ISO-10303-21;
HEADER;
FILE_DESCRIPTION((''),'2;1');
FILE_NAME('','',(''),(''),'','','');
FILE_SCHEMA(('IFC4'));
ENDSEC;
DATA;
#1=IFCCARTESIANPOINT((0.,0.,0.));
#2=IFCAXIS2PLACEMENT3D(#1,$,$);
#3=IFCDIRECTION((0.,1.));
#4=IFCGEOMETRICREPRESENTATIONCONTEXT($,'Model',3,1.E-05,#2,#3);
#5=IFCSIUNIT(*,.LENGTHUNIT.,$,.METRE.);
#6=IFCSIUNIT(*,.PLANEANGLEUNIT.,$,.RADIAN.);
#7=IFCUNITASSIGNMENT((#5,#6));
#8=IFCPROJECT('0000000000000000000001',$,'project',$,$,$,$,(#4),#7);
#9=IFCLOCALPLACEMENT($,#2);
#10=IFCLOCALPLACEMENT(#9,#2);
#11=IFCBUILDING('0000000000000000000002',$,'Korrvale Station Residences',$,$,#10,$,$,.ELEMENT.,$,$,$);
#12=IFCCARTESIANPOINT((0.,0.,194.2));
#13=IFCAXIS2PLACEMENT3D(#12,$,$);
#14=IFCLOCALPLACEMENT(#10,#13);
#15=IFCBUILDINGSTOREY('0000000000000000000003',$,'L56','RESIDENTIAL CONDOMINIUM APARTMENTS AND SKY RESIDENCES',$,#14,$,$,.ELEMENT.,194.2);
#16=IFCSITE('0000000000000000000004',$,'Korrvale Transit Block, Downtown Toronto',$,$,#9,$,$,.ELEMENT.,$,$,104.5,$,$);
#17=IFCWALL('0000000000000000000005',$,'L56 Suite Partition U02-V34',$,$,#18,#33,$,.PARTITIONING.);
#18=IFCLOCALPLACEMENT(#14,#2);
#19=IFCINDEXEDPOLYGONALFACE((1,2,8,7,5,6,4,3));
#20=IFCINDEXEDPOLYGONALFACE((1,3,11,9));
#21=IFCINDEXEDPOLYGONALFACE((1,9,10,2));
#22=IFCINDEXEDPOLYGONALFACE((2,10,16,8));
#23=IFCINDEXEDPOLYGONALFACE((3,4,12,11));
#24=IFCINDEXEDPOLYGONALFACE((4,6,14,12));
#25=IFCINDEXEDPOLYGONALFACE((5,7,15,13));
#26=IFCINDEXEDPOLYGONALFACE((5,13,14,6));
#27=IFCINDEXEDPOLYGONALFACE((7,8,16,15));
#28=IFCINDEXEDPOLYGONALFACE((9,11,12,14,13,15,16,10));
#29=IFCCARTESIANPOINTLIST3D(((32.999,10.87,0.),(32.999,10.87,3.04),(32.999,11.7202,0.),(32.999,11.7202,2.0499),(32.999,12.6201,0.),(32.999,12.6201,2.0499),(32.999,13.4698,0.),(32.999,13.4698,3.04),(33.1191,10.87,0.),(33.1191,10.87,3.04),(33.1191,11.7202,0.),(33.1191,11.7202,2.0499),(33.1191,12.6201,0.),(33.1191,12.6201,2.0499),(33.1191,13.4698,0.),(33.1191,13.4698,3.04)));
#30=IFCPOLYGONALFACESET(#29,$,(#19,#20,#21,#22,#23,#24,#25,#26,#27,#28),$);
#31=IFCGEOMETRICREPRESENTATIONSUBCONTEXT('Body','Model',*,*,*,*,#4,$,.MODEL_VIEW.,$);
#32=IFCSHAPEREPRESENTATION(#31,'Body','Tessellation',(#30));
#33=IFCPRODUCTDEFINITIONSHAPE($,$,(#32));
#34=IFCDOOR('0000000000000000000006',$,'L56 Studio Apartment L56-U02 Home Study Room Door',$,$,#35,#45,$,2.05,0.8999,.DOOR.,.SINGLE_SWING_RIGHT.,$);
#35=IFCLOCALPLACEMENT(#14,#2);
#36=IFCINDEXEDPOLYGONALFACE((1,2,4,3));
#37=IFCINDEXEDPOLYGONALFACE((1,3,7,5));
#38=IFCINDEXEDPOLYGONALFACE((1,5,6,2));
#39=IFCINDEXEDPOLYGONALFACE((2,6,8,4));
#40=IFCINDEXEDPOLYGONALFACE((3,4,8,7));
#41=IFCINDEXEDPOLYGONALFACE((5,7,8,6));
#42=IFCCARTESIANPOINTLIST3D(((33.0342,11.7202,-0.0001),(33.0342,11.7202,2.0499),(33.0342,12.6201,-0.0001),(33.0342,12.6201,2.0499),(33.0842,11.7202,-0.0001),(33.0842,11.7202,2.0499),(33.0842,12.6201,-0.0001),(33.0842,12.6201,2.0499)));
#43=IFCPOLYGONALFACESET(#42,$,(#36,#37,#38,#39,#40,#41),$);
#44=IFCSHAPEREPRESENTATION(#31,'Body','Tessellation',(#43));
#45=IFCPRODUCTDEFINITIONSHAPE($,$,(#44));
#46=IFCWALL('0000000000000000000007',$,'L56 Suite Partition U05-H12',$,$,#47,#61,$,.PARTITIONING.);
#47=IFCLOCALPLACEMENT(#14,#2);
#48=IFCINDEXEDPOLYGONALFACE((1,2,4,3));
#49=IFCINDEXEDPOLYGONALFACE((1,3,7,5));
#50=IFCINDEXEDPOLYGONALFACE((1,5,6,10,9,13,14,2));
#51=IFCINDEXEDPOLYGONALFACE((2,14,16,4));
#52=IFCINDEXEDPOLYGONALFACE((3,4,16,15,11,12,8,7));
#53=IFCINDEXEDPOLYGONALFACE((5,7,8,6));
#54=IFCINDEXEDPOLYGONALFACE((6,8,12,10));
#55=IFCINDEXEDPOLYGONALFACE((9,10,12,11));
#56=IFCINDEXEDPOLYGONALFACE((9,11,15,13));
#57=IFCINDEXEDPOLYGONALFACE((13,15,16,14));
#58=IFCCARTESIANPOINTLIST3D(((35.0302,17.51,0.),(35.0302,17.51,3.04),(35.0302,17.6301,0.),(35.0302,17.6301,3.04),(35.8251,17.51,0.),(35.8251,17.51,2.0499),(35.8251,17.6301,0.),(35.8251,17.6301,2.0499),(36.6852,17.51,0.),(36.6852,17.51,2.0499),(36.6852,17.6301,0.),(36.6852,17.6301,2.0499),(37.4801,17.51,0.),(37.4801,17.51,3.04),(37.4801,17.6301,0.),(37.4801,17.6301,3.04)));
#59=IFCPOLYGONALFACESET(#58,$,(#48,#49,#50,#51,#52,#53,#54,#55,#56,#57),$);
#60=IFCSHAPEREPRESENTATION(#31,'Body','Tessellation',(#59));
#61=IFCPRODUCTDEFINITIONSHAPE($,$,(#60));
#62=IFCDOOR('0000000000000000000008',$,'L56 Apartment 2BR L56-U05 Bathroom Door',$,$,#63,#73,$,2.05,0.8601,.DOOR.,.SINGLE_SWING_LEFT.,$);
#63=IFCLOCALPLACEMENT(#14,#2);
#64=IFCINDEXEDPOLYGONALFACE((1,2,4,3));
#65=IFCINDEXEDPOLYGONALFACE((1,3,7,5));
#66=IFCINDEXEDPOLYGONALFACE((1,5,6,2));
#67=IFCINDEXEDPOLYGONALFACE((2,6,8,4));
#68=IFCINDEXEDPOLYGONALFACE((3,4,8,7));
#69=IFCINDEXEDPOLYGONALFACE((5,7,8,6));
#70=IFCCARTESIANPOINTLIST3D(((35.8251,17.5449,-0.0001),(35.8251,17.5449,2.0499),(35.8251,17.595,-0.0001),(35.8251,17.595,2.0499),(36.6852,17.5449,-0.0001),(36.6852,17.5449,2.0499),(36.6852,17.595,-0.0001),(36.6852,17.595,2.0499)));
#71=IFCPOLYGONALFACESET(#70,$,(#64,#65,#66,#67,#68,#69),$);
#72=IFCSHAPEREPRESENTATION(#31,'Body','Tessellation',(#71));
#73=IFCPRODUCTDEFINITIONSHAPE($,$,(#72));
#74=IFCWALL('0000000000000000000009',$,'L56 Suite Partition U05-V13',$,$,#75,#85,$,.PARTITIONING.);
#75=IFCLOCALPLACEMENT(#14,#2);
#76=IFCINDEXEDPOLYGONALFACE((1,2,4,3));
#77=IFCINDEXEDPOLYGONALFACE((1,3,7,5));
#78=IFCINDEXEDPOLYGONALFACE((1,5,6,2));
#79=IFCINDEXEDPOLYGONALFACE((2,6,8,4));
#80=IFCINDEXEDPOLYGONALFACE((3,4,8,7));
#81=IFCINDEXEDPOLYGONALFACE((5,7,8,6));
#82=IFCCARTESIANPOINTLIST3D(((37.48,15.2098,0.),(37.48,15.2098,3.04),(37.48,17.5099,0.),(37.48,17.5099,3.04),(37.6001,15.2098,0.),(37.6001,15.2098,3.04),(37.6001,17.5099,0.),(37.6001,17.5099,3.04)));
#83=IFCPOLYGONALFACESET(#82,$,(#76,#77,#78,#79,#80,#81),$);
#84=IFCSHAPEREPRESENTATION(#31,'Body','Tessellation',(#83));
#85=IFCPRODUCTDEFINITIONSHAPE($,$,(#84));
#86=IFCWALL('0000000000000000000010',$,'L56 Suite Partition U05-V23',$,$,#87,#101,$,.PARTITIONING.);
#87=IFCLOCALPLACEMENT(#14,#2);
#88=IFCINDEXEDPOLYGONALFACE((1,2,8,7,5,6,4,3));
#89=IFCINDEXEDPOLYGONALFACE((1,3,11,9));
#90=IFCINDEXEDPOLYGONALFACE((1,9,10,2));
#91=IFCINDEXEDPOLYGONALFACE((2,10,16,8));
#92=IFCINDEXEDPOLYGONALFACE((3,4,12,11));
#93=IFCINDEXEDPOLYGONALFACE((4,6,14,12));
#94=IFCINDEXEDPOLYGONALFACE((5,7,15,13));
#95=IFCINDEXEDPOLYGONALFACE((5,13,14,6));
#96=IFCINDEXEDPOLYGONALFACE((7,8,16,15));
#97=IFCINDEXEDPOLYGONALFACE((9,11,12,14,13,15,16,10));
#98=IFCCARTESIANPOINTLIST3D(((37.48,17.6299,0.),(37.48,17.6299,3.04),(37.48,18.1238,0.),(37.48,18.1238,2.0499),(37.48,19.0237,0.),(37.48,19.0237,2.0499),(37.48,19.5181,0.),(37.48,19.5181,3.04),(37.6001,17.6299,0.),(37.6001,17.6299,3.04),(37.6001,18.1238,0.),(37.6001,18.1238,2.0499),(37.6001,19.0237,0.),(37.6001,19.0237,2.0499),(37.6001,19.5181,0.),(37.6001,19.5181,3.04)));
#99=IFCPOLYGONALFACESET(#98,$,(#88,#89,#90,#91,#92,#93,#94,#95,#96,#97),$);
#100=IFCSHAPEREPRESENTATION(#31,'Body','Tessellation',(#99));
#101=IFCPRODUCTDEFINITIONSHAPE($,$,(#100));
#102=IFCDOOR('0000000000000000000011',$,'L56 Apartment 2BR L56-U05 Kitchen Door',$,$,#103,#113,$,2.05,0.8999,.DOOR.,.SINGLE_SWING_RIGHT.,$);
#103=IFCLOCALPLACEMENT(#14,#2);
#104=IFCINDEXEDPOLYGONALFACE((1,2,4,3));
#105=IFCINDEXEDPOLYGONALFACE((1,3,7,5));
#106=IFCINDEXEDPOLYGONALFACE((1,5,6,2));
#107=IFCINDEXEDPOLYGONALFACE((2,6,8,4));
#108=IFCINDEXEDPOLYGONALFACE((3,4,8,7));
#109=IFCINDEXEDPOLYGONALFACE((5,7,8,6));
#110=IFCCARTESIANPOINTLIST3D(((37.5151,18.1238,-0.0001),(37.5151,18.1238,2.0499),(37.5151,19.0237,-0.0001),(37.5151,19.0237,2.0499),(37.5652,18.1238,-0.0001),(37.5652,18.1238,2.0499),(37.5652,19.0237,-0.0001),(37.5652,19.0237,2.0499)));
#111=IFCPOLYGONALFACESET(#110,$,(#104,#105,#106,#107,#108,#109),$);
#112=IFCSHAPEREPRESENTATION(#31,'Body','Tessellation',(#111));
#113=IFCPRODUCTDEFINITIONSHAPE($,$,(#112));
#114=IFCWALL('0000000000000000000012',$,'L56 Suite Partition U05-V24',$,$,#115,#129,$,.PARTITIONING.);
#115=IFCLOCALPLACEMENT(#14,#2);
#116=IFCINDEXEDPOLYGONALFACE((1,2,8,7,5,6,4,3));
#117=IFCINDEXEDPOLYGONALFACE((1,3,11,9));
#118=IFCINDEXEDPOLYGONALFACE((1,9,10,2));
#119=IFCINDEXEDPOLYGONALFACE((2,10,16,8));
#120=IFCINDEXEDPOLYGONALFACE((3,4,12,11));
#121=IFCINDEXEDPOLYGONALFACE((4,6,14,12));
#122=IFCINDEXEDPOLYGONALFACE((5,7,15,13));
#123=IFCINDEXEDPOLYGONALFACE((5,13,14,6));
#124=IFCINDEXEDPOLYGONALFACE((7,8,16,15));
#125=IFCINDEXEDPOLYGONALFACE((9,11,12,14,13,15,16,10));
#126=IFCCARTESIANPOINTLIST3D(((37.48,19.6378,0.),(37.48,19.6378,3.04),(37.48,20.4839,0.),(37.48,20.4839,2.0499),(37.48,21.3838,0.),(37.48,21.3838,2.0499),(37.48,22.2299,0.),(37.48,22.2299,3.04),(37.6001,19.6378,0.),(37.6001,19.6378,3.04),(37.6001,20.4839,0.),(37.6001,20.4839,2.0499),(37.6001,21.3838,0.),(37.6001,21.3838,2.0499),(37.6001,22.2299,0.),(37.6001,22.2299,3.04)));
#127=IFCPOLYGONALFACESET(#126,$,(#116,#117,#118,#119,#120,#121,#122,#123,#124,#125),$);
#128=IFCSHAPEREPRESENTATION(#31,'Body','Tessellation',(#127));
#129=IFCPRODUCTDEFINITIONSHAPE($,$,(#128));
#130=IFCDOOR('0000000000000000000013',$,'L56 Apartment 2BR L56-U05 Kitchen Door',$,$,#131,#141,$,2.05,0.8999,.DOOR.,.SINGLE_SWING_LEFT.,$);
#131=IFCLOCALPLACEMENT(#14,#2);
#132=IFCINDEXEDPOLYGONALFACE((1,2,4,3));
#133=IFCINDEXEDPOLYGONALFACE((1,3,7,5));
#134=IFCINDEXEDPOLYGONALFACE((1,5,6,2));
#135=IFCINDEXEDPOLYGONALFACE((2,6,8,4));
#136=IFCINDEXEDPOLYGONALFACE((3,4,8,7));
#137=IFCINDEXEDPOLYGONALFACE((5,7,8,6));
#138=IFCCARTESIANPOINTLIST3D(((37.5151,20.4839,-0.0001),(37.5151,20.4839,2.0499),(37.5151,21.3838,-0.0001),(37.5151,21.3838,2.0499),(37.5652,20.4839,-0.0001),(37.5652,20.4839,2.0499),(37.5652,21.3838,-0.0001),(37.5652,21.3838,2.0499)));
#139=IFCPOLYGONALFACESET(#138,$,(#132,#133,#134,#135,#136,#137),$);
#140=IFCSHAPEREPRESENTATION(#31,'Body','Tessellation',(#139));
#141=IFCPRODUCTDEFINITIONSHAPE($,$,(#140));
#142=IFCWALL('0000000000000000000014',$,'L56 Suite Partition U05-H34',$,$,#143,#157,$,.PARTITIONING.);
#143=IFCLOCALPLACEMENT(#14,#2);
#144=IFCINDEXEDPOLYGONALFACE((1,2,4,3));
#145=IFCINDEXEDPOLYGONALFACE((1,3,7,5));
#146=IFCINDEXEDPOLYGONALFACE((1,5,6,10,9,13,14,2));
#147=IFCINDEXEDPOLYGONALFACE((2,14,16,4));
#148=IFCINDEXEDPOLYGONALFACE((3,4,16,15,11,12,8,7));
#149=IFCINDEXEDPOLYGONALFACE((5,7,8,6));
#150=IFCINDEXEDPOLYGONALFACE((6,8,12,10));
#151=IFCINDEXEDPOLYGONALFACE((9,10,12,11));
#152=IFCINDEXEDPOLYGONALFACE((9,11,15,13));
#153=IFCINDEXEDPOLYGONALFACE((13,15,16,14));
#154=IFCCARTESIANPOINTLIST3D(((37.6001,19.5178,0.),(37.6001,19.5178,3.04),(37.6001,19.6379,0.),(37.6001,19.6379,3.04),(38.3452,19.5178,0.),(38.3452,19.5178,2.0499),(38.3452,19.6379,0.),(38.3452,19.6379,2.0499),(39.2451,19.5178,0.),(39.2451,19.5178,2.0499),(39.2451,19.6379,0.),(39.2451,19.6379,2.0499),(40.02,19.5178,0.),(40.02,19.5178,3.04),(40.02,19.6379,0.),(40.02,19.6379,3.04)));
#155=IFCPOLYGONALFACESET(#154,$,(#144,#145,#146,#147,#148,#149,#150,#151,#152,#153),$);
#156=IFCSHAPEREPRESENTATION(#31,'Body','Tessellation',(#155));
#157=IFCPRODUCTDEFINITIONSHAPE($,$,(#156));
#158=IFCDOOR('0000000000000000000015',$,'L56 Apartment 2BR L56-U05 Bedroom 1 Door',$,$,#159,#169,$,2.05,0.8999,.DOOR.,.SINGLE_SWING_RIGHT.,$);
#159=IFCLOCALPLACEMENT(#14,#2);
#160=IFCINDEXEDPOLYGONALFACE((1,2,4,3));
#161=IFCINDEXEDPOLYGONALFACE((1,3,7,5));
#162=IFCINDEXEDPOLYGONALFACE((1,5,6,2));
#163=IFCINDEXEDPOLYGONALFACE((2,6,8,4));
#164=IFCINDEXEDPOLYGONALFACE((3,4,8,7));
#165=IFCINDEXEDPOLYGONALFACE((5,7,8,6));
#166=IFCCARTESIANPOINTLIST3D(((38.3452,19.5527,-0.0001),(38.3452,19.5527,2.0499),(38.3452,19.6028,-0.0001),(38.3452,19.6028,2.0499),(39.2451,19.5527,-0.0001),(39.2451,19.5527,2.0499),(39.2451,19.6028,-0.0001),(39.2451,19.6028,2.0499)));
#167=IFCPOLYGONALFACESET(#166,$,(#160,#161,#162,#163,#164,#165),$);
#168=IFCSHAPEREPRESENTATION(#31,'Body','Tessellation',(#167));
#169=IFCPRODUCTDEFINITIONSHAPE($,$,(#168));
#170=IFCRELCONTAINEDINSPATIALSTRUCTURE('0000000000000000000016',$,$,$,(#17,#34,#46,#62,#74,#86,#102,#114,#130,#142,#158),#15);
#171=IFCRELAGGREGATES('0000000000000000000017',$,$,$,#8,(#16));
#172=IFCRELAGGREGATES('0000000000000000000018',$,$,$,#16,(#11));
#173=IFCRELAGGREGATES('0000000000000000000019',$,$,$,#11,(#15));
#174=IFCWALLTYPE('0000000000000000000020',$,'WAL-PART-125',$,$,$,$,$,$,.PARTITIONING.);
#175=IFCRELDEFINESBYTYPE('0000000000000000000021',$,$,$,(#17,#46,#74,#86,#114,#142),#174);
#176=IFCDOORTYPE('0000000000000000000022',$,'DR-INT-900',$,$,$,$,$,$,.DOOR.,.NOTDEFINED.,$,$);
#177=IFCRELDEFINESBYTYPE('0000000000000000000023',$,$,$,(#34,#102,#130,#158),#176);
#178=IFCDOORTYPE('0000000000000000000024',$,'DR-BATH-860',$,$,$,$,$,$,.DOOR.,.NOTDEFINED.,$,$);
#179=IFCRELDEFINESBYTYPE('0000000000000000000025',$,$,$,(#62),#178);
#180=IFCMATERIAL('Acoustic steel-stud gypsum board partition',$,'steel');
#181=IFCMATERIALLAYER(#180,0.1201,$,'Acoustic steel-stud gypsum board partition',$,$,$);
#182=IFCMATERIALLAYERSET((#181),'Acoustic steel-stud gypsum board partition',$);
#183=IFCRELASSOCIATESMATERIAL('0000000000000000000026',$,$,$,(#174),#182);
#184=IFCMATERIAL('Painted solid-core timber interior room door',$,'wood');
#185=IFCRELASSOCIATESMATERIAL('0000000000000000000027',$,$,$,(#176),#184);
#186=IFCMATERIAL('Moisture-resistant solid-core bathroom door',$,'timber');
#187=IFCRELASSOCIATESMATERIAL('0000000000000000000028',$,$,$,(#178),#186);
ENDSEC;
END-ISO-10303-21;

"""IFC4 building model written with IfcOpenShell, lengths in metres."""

from ifc_helpers import new_model, si_unit, direction, frame, frame_2d, origin, place, context, subcontext, project, spatial, rectangle, extrude, material, layer, layer_set, type_object, element, fill, save


model = new_model("IFC4")

# Units and contexts
model_context = context("Model", 3, precision=1e-05, world=origin(), true_north=direction((0.0, 1.0)))
body_context = subcontext(model_context, "Body", "Model", "MODEL_VIEW")
ifc_project = project(units=[si_unit("LENGTHUNIT", "METRE"), si_unit("PLANEANGLEUNIT", "RADIAN")], contexts=[model_context])

# Site, building, storey
site_placement = place(None, origin())
site = spatial("IfcSite", under=ifc_project, at=site_placement, Name="Korrvale Transit Block, Downtown Toronto", CompositionType="ELEMENT", RefElevation=104.5)
building_placement = place(site_placement, origin())
building = spatial("IfcBuilding", under=site, at=building_placement, Name="Korrvale Station Residences", CompositionType="ELEMENT")
storey_placement = place(building_placement, frame((0.0, 0.0, 194.2)))
storey = spatial("IfcBuildingStorey", under=building, at=storey_placement, Name="L56", Description="RESIDENTIAL CONDOMINIUM APARTMENTS AND SKY RESIDENCES", CompositionType="ELEMENT", Elevation=194.2)

# Walls, openings, doors
ifc_material_1 = material(Name="Acoustic steel-stud gypsum board partition", Category="steel")
ifc_layer_1 = layer(ifc_material_1, 0.1201, Name="Acoustic steel-stud gypsum board partition")
ifc_layer_set_1 = layer_set([ifc_layer_1], Name="Acoustic steel-stud gypsum board partition")
wall_type_1 = type_object("IfcWallType", Name="WAL-PART-125", PredefinedType="PARTITIONING", material=ifc_layer_set_1)
wall_1_placement = place(storey_placement, frame((33.0591, 10.8701, 0.0), z_axis=(0.0, 0.0, 1.0), x_axis=(0.0, 1.0, 0.0)))
wall_1 = element("IfcWall", 1, at=wall_1_placement, inside=storey, type_object=wall_type_1, Name="L56 Suite Partition U02-V34", PredefinedType="PARTITIONING", context=body_context, shape_type="SweptSolid", body=[
    extrude(rectangle(XDim=2.5999, YDim=0.1201, at=frame_2d((1.2998, 0.0))), origin(), (0.0, 0.0, 1.0), 3.04),
])
opening_1_placement = place(wall_1_placement, frame((0.8501, 0.0, 0.0)))
opening_1 = element("IfcOpeningElement", 2, at=opening_1_placement, cuts=wall_1, PredefinedType="OPENING", context=body_context, shape_type="SweptSolid", body=[
    extrude(rectangle(XDim=0.8999, YDim=2.05, at=frame_2d((0.45, 1.0249))), frame((0.0, 0.0701, 0.0), z_axis=(0.0, -1.0, 0.0), x_axis=(1.0, 0.0, 0.0)), (0.0, 0.0, 1.0), 0.1401),
])
ifc_material_2 = material(Name="Painted solid-core timber interior room door", Category="wood")
door_type_1 = type_object("IfcDoorType", Name="DR-INT-900", OperationType="NOTDEFINED", PredefinedType="DOOR", material=ifc_material_2)
door_1_placement = place(opening_1_placement, origin())
door_1 = element("IfcDoor", 3, at=door_1_placement, inside=storey, type_object=door_type_1, Name="L56 Studio Apartment L56-U02 Home Study Room Door", OperationType="SINGLE_SWING_RIGHT", OverallHeight=2.05, OverallWidth=0.8999, PredefinedType="DOOR", context=body_context, shape_type="SweptSolid", body=[
    extrude(rectangle(XDim=0.8999, YDim=2.05, at=frame_2d((0.45, 1.0249))), frame((0.0, 0.0249, 0.0), z_axis=(0.0, -1.0, 0.0), x_axis=(1.0, 0.0, 0.0)), (0.0, 0.0, 1.0), 0.05),
])
fill(opening_1, door_1)
wall_2_placement = place(storey_placement, frame((35.03, 17.5701, 0.0), z_axis=(0.0, 0.0, 1.0), x_axis=(1.0, 0.0, 0.0)))
wall_2 = element("IfcWall", 4, at=wall_2_placement, inside=storey, type_object=wall_type_1, Name="L56 Suite Partition U05-H12", PredefinedType="PARTITIONING", context=body_context, shape_type="SweptSolid", body=[
    extrude(rectangle(XDim=2.45, YDim=0.1201, at=frame_2d((1.2251, 0.0))), origin(), (0.0, 0.0, 1.0), 3.04),
])
opening_2_placement = place(wall_2_placement, frame((0.7949, 0.0, 0.0)))
opening_2 = element("IfcOpeningElement", 5, at=opening_2_placement, cuts=wall_2, PredefinedType="OPENING", context=body_context, shape_type="SweptSolid", body=[
    extrude(rectangle(XDim=0.8601, YDim=2.05, at=frame_2d((0.4302, 1.0249))), frame((0.0, 0.0701, 0.0), z_axis=(0.0, -1.0, 0.0), x_axis=(1.0, 0.0, 0.0)), (0.0, 0.0, 1.0), 0.1401),
])
ifc_material_3 = material(Name="Moisture-resistant solid-core bathroom door", Category="timber")
door_type_2 = type_object("IfcDoorType", Name="DR-BATH-860", OperationType="NOTDEFINED", PredefinedType="DOOR", material=ifc_material_3)
door_2_placement = place(opening_2_placement, origin())
door_2 = element("IfcDoor", 6, at=door_2_placement, inside=storey, type_object=door_type_2, Name="L56 Apartment 2BR L56-U05 Bathroom Door", OperationType="SINGLE_SWING_LEFT", OverallHeight=2.05, OverallWidth=0.8601, PredefinedType="DOOR", context=body_context, shape_type="SweptSolid", body=[
    extrude(rectangle(XDim=0.8601, YDim=2.05, at=frame_2d((0.4302, 1.0249))), frame((0.0, 0.0249, 0.0), z_axis=(0.0, -1.0, 0.0), x_axis=(1.0, 0.0, 0.0)), (0.0, 0.0, 1.0), 0.05),
])
fill(opening_2, door_2)

# Wall
wall_3_placement = place(storey_placement, frame((37.54, 15.21, 0.0), z_axis=(0.0, 0.0, 1.0), x_axis=(0.0, 1.0, 0.0)))
element("IfcWall", 7, at=wall_3_placement, inside=storey, type_object=wall_type_1, Name="L56 Suite Partition U05-V13", PredefinedType="PARTITIONING", context=body_context, shape_type="SweptSolid", body=[
    extrude(rectangle(XDim=2.3, YDim=0.1201, at=frame_2d((1.1499, 0.0))), origin(), (0.0, 0.0, 1.0), 3.04),
])

# Walls, openings, doors
wall_4_placement = place(storey_placement, frame((37.54, 17.6299, 0.0), z_axis=(0.0, 0.0, 1.0), x_axis=(0.0, 1.0, 0.0)))
wall_4 = element("IfcWall", 8, at=wall_4_placement, inside=storey, type_object=wall_type_1, Name="L56 Suite Partition U05-V23", PredefinedType="PARTITIONING", context=body_context, shape_type="SweptSolid", body=[
    extrude(rectangle(XDim=1.8882, YDim=0.1201, at=frame_2d((0.9441, 0.0))), origin(), (0.0, 0.0, 1.0), 3.04),
])
opening_3_placement = place(wall_4_placement, frame((0.4939, 0.0, 0.0)))
opening_3 = element("IfcOpeningElement", 9, at=opening_3_placement, cuts=wall_4, PredefinedType="OPENING", context=body_context, shape_type="SweptSolid", body=[
    extrude(rectangle(XDim=0.8999, YDim=2.05, at=frame_2d((0.45, 1.0249))), frame((0.0, 0.0701, 0.0), z_axis=(0.0, -1.0, 0.0), x_axis=(1.0, 0.0, 0.0)), (0.0, 0.0, 1.0), 0.1401),
])
door_3_placement = place(opening_3_placement, origin())
door_3 = element("IfcDoor", 10, at=door_3_placement, inside=storey, type_object=door_type_1, Name="L56 Apartment 2BR L56-U05 Kitchen Door", OperationType="SINGLE_SWING_RIGHT", OverallHeight=2.05, OverallWidth=0.8999, PredefinedType="DOOR", context=body_context, shape_type="SweptSolid", body=[
    extrude(rectangle(XDim=0.8999, YDim=2.05, at=frame_2d((0.45, 1.0249))), frame((0.0, 0.0249, 0.0), z_axis=(0.0, -1.0, 0.0), x_axis=(1.0, 0.0, 0.0)), (0.0, 0.0, 1.0), 0.05),
])
fill(opening_3, door_3)
wall_5_placement = place(storey_placement, frame((37.54, 19.6379, 0.0), z_axis=(0.0, 0.0, 1.0), x_axis=(0.0, 1.0, 0.0)))
wall_5 = element("IfcWall", 11, at=wall_5_placement, inside=storey, type_object=wall_type_1, Name="L56 Suite Partition U05-V24", PredefinedType="PARTITIONING", context=body_context, shape_type="SweptSolid", body=[
    extrude(rectangle(XDim=2.592, YDim=0.1201, at=frame_2d((1.2959, 0.0))), origin(), (0.0, 0.0, 1.0), 3.04),
])
opening_4_placement = place(wall_5_placement, frame((0.8459, 0.0, 0.0)))
opening_4 = element("IfcOpeningElement", 12, at=opening_4_placement, cuts=wall_5, PredefinedType="OPENING", context=body_context, shape_type="SweptSolid", body=[
    extrude(rectangle(XDim=0.8999, YDim=2.05, at=frame_2d((0.45, 1.0249))), frame((0.0, 0.0701, 0.0), z_axis=(0.0, -1.0, 0.0), x_axis=(1.0, 0.0, 0.0)), (0.0, 0.0, 1.0), 0.1401),
])
door_4_placement = place(opening_4_placement, origin())
door_4 = element("IfcDoor", 13, at=door_4_placement, inside=storey, type_object=door_type_1, Name="L56 Apartment 2BR L56-U05 Kitchen Door", OperationType="SINGLE_SWING_LEFT", OverallHeight=2.05, OverallWidth=0.8999, PredefinedType="DOOR", context=body_context, shape_type="SweptSolid", body=[
    extrude(rectangle(XDim=0.8999, YDim=2.05, at=frame_2d((0.45, 1.0249))), frame((0.0, 0.0249, 0.0), z_axis=(0.0, -1.0, 0.0), x_axis=(1.0, 0.0, 0.0)), (0.0, 0.0, 1.0), 0.05),
])
fill(opening_4, door_4)
wall_6_placement = place(storey_placement, frame((37.6001, 19.5779, 0.0), z_axis=(0.0, 0.0, 1.0), x_axis=(1.0, 0.0, 0.0)))
wall_6 = element("IfcWall", 14, at=wall_6_placement, inside=storey, type_object=wall_type_1, Name="L56 Suite Partition U05-H34", PredefinedType="PARTITIONING", context=body_context, shape_type="SweptSolid", body=[
    extrude(rectangle(XDim=2.4199, YDim=0.1201, at=frame_2d((1.21, 0.0))), origin(), (0.0, 0.0, 1.0), 3.04),
])
opening_5_placement = place(wall_6_placement, frame((0.7451, 0.0, 0.0)))
opening_5 = element("IfcOpeningElement", 15, at=opening_5_placement, cuts=wall_6, PredefinedType="OPENING", context=body_context, shape_type="SweptSolid", body=[
    extrude(rectangle(XDim=0.8999, YDim=2.05, at=frame_2d((0.45, 1.0249))), frame((0.0, 0.0701, 0.0), z_axis=(0.0, -1.0, 0.0), x_axis=(1.0, 0.0, 0.0)), (0.0, 0.0, 1.0), 0.1401),
])
door_5_placement = place(opening_5_placement, origin())
door_5 = element("IfcDoor", 16, at=door_5_placement, inside=storey, type_object=door_type_1, Name="L56 Apartment 2BR L56-U05 Bedroom 1 Door", OperationType="SINGLE_SWING_RIGHT", OverallHeight=2.05, OverallWidth=0.8999, PredefinedType="DOOR", context=body_context, shape_type="SweptSolid", body=[
    extrude(rectangle(XDim=0.8999, YDim=2.05, at=frame_2d((0.45, 1.0249))), frame((0.0, 0.0249, 0.0), z_axis=(0.0, -1.0, 0.0), x_axis=(1.0, 0.0, 0.0)), (0.0, 0.0, 1.0), 0.05),
])
fill(opening_5, door_5)

save(model, "model.ifc")
